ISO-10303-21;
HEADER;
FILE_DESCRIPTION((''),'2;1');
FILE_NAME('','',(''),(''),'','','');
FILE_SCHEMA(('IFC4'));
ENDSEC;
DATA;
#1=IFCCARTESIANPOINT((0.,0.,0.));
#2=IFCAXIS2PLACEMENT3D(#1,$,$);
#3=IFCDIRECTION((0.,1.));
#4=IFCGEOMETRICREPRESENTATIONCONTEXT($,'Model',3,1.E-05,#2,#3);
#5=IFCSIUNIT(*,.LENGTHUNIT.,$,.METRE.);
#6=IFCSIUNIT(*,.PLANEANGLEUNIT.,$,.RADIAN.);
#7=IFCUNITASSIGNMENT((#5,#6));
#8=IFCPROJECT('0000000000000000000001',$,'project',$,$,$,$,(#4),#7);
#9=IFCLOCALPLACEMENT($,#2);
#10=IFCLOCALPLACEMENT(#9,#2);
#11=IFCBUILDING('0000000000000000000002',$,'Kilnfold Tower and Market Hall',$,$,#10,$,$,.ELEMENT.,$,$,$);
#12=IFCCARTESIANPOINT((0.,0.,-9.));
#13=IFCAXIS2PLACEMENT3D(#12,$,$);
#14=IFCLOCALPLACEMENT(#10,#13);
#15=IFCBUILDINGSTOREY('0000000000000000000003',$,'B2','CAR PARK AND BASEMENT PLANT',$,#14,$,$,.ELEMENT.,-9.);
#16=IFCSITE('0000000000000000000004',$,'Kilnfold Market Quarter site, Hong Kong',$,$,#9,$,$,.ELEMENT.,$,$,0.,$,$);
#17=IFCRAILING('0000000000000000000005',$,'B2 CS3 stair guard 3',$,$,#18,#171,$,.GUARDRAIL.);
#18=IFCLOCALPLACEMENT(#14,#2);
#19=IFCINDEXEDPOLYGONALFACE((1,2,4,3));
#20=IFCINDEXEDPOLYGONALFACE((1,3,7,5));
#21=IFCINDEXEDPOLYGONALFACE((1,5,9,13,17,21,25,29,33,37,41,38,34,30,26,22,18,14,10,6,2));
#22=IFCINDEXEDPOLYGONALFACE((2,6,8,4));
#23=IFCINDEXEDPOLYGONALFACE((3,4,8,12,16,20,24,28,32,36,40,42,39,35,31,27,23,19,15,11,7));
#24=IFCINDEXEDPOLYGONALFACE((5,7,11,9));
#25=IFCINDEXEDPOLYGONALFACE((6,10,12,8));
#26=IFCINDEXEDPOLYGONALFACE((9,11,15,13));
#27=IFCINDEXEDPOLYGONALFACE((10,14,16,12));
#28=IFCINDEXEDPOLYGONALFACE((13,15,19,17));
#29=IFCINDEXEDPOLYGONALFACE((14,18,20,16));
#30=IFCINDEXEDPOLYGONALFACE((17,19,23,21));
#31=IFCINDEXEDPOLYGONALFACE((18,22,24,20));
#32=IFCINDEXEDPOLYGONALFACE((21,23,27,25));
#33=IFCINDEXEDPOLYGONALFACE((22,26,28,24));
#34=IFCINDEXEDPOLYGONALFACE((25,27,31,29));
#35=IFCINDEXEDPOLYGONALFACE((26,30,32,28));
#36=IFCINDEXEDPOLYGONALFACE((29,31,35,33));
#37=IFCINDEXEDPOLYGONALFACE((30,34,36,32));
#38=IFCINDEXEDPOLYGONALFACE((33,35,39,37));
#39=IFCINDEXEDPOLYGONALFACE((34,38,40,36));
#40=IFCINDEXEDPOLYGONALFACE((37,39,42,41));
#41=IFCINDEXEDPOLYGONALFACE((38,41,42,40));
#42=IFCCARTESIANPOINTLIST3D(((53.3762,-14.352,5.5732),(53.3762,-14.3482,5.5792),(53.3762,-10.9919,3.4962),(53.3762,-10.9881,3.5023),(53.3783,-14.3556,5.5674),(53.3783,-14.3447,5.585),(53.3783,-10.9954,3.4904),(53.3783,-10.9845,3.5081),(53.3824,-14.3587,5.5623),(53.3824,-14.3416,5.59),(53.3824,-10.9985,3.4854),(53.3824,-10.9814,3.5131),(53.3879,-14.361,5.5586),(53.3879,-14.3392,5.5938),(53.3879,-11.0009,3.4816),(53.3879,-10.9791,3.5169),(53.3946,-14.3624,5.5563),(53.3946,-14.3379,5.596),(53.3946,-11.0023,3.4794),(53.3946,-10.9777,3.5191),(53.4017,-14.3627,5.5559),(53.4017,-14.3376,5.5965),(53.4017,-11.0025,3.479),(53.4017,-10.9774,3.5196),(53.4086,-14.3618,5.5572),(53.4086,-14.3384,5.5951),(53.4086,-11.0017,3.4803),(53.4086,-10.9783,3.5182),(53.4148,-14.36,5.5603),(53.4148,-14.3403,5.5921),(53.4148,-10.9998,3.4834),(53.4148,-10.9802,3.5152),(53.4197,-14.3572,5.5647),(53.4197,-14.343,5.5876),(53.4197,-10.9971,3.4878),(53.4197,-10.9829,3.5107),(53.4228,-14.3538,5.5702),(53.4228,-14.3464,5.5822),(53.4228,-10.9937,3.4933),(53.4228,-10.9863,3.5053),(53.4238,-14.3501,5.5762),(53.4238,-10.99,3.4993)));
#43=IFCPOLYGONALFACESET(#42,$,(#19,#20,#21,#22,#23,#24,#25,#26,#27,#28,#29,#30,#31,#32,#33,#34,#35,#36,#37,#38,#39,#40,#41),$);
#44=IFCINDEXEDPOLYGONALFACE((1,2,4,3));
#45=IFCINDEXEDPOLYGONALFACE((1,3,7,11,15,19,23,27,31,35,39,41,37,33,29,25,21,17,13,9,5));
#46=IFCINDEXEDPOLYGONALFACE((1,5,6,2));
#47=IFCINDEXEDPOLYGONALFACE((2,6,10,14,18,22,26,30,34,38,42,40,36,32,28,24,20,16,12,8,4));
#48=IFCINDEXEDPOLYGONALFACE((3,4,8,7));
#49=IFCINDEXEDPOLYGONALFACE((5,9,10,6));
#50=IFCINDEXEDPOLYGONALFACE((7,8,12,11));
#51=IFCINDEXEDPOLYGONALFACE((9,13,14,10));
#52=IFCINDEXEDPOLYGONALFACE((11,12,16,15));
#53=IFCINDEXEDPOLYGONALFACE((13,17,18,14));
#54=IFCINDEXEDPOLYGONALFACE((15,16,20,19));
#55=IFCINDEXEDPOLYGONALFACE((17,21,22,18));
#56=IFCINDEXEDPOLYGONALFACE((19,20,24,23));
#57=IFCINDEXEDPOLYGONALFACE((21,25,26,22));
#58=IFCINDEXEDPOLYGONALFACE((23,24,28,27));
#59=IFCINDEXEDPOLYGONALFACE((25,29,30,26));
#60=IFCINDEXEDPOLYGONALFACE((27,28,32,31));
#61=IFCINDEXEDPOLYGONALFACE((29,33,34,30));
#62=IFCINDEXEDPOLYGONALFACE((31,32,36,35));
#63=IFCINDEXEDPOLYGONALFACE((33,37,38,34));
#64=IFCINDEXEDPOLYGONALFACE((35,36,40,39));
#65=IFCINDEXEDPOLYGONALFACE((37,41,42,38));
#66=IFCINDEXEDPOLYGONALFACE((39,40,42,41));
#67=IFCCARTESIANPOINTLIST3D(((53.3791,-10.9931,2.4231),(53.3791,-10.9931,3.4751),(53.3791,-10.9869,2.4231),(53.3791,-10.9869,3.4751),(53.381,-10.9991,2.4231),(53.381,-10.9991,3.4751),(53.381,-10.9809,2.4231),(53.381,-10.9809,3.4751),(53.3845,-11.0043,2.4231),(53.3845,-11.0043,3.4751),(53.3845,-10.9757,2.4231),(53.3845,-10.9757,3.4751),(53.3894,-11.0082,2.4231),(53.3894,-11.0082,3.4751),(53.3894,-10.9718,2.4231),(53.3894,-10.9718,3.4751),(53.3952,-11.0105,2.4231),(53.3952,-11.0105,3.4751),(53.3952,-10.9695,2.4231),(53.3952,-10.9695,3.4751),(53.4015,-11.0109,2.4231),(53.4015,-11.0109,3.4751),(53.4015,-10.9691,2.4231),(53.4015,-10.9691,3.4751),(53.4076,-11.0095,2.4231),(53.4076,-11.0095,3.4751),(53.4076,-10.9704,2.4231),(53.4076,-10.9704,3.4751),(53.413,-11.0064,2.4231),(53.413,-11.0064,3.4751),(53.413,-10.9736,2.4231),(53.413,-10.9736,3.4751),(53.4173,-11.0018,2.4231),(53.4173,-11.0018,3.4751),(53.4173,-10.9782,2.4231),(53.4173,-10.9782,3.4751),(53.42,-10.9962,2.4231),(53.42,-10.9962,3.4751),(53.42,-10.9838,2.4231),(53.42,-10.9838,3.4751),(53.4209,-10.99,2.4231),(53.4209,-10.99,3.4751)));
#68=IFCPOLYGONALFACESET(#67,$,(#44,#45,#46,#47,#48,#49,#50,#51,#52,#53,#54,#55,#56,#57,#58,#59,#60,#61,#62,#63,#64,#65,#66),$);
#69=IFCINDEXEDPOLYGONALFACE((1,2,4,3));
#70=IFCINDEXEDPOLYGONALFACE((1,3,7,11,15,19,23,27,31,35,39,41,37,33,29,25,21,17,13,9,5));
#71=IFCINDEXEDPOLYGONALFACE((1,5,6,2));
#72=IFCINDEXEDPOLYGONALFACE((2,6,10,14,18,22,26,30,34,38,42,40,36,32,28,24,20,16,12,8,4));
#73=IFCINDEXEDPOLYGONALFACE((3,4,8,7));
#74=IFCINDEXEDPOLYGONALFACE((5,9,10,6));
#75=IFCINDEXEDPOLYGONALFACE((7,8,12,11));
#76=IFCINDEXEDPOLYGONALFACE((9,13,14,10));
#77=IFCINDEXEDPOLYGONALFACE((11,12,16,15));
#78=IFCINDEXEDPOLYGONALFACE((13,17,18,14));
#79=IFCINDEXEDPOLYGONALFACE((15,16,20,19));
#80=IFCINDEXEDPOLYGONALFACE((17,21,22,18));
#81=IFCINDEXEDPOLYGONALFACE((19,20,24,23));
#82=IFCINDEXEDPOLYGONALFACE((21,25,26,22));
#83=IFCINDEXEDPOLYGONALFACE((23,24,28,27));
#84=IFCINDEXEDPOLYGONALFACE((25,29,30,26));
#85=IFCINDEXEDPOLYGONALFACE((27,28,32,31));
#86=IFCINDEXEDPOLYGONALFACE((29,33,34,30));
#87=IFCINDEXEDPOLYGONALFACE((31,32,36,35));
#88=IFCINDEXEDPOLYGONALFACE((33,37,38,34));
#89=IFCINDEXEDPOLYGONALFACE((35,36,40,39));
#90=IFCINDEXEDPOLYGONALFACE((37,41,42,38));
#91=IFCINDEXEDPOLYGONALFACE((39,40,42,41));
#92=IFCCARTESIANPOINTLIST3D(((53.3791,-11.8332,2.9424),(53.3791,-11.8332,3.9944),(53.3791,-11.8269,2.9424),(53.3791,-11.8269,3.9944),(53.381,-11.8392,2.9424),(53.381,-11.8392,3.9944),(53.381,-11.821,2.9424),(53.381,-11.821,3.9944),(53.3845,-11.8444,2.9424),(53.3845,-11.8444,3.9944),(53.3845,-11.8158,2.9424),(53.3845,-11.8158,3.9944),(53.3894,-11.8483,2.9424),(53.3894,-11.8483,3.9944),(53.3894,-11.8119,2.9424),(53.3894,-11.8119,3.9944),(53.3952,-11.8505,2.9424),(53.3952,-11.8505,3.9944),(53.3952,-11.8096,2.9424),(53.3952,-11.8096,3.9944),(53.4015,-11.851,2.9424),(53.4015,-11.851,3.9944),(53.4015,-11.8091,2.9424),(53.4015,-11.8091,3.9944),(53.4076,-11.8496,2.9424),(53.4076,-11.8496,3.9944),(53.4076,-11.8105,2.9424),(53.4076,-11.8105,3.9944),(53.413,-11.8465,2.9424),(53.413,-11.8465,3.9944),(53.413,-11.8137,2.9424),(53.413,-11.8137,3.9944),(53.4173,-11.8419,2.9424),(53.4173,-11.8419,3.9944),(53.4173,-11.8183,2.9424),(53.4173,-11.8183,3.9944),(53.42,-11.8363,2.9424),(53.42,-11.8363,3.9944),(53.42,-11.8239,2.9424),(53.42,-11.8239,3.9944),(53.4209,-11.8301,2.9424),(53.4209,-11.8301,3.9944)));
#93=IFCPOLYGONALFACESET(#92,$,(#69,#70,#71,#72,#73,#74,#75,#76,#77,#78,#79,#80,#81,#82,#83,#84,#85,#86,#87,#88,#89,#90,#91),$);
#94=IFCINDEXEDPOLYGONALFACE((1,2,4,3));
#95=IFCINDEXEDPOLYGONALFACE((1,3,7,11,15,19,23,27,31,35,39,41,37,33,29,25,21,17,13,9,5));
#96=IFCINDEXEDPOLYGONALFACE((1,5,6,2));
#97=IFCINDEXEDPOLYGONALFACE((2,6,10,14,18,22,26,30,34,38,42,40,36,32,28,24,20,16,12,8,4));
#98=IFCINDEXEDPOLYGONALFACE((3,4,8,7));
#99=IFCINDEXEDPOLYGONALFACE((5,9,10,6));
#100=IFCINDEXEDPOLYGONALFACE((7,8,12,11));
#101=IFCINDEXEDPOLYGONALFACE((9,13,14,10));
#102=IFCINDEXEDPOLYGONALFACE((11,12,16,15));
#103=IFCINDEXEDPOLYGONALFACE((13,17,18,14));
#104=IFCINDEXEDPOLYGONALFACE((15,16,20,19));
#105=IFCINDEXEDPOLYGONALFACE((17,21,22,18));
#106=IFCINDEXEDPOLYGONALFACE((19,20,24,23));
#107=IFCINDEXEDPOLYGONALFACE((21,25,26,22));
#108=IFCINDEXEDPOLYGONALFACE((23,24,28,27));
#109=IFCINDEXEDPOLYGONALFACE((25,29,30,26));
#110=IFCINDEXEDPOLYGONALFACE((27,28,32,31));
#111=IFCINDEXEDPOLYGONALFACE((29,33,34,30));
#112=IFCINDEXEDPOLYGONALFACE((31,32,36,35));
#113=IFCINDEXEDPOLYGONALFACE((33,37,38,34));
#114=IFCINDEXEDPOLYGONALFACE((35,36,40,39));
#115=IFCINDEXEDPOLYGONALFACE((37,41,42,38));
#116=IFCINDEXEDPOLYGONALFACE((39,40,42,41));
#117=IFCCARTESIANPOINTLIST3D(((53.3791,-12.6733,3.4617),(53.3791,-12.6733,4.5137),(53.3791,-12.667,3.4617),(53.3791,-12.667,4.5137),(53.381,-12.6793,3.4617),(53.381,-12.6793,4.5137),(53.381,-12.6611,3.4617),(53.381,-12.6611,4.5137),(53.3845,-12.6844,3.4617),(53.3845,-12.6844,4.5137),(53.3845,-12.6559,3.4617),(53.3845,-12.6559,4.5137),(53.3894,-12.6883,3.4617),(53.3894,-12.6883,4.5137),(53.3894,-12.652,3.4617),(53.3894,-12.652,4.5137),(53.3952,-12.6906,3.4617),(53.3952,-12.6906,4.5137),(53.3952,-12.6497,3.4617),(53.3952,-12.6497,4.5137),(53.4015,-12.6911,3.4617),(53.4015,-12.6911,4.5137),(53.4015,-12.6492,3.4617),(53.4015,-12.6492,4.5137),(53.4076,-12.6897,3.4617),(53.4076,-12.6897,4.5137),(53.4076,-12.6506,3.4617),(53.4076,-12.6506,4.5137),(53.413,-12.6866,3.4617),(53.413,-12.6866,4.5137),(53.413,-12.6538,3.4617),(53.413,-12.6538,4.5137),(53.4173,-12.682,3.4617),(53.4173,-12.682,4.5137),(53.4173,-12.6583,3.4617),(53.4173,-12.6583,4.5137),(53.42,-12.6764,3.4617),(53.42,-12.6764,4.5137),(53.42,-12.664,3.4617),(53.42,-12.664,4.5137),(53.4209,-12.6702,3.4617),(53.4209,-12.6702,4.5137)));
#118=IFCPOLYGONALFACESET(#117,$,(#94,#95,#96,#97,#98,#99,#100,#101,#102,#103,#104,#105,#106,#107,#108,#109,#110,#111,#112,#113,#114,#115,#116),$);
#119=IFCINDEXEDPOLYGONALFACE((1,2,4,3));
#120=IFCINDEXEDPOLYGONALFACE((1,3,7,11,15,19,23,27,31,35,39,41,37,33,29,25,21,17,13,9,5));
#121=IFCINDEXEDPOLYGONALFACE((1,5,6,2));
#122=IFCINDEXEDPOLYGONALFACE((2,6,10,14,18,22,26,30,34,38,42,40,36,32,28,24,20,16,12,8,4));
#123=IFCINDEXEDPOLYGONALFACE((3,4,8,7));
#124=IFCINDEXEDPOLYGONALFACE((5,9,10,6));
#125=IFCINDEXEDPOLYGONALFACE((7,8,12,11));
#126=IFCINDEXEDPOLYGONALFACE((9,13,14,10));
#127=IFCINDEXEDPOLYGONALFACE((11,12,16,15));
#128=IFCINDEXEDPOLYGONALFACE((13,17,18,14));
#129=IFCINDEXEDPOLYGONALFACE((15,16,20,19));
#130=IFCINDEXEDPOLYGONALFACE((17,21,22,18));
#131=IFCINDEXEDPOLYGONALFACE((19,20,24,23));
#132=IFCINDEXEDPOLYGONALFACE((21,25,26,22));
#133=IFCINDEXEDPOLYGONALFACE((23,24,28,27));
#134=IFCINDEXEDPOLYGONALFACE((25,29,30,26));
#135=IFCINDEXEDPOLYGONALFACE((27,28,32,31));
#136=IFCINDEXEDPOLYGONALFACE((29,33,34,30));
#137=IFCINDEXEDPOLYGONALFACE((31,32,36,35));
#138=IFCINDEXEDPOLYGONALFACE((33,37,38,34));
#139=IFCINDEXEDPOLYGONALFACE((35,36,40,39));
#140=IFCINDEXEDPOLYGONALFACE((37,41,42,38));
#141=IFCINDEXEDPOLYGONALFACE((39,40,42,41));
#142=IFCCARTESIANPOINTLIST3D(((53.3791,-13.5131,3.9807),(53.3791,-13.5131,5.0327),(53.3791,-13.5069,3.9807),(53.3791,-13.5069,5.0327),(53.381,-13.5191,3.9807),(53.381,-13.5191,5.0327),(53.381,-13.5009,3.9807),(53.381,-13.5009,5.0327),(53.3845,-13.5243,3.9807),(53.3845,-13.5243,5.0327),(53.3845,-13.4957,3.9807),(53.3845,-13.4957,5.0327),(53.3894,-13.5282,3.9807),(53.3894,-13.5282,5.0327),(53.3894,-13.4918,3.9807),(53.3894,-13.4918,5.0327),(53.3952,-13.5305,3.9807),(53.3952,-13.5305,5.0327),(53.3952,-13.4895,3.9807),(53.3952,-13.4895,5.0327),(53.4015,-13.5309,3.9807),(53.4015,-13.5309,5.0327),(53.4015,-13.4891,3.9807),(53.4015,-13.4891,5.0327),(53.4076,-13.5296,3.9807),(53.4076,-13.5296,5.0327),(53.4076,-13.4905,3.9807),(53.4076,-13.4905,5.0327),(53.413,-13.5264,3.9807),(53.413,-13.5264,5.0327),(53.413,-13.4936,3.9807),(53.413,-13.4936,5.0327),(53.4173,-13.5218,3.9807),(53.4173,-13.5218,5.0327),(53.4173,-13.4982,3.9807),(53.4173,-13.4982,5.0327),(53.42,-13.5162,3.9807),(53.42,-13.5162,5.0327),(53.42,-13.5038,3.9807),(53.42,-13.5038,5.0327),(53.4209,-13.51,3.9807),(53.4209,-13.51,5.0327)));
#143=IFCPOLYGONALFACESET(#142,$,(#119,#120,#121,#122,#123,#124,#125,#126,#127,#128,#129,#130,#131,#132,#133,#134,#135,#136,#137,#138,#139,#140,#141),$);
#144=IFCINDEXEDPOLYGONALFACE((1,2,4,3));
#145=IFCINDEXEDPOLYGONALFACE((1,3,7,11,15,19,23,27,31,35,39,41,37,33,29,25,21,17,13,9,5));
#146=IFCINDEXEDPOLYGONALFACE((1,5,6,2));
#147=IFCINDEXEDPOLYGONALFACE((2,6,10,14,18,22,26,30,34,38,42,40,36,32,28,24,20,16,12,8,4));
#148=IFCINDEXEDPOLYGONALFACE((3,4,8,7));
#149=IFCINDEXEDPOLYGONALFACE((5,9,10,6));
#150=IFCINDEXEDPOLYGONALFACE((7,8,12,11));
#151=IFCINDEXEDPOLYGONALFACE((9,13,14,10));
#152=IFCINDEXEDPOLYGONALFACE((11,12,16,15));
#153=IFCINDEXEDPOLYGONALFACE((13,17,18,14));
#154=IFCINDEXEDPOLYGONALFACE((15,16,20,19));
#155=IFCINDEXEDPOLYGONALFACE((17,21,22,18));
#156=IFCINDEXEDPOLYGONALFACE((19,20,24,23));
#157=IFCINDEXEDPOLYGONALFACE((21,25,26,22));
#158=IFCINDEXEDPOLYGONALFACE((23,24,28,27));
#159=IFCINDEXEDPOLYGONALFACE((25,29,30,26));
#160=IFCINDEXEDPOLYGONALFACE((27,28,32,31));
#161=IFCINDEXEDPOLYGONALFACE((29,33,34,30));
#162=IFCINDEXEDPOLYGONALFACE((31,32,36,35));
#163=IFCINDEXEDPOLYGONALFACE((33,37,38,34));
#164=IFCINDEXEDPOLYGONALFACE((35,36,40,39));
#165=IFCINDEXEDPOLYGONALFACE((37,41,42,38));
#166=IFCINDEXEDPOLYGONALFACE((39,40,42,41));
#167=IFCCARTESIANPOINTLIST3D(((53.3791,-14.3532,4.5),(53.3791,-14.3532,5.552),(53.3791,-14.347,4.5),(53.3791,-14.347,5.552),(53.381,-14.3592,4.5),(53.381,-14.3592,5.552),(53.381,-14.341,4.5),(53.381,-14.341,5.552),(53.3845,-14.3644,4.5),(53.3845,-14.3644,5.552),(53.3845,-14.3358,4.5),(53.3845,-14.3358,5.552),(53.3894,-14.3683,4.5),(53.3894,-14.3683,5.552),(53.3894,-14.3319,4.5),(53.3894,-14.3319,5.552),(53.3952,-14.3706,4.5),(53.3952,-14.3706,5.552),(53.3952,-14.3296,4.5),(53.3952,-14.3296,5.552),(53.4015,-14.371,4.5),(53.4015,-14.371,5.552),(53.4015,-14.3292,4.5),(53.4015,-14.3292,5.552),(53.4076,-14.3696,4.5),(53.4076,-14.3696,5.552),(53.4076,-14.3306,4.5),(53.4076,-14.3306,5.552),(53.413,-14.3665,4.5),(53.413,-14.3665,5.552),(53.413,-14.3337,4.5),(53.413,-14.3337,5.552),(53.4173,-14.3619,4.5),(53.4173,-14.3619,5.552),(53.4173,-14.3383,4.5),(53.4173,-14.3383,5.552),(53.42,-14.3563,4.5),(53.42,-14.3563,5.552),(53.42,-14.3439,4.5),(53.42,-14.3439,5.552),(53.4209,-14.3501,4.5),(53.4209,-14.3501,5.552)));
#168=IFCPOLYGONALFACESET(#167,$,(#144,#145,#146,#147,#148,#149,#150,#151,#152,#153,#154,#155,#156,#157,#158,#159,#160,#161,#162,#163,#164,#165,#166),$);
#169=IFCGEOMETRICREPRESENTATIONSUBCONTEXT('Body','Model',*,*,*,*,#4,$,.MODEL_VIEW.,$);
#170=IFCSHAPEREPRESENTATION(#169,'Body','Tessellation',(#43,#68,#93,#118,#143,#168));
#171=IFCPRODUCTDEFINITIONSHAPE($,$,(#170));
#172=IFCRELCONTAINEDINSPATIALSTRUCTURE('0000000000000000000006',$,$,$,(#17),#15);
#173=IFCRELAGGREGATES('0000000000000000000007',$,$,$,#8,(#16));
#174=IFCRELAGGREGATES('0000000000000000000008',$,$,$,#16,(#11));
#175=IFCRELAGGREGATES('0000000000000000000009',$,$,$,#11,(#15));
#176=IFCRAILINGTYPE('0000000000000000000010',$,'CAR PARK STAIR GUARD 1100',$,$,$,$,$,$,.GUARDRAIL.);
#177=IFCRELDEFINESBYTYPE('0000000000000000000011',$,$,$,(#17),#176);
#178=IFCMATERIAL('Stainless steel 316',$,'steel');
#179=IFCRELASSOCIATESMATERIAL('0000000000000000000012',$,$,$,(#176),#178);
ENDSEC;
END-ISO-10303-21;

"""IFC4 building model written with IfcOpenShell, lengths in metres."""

from ifc_helpers import new_model, si_unit, direction, frame, origin, origin_2d, place, context, subcontext, project, spatial, circle, extrude, material, type_object, element, save


model = new_model("IFC4")

# Units and contexts
model_context = context("Model", 3, precision=1e-05, world=origin(), true_north=direction((0.0, 1.0)))
body_context = subcontext(model_context, "Body", "Model", "MODEL_VIEW")
ifc_project = project(units=[si_unit("LENGTHUNIT", "METRE"), si_unit("PLANEANGLEUNIT", "RADIAN")], contexts=[model_context])

# Site, building, storey
site_placement = place(None, origin())
site = spatial("IfcSite", under=ifc_project, at=site_placement, Name="Kilnfold Market Quarter site, Hong Kong", CompositionType="ELEMENT", RefElevation=0.0)
building_placement = place(site_placement, origin())
building = spatial("IfcBuilding", under=site, at=building_placement, Name="Kilnfold Tower and Market Hall", CompositionType="ELEMENT")
storey_placement = place(building_placement, frame((0.0, 0.0, -9.0)))
storey = spatial("IfcBuildingStorey", under=building, at=storey_placement, Name="B2", Description="CAR PARK AND BASEMENT PLANT", CompositionType="ELEMENT", Elevation=-9.0)

# Railing
ifc_material_1 = material(Name="Stainless steel 316", Category="steel")
railing_type_1 = type_object("IfcRailingType", Name="CAR PARK STAIR GUARD 1100", PredefinedType="GUARDRAIL", material=ifc_material_1)
railing_1_placement = place(storey_placement, frame((53.3999, -10.99, 2.4231)))
element("IfcRailing", 1, at=railing_1_placement, inside=storey, type_object=railing_type_1, Name="B2 CS3 stair guard 3", PredefinedType="GUARDRAIL", context=body_context, shape_type="SweptSolid", body=[
    extrude(circle(Radius=0.0239, at=origin_2d()), frame((0.0, 0.0, 1.0762), z_axis=(0.0, -0.850623, 0.525776), x_axis=(1.0, 0.0, 0.0)), (0.0, 0.0, 1.0), 3.9502),
    extrude(circle(Radius=0.021, at=origin_2d()), origin(), (0.0, 0.0, 1.0), 1.052),
    extrude(circle(Radius=0.021, at=origin_2d()), frame((0.0, -0.8401, 0.5193)), (0.0, 0.0, 1.0), 1.052),
    extrude(circle(Radius=0.021, at=origin_2d()), frame((0.0, -1.6802, 1.0386)), (0.0, 0.0, 1.0), 1.052),
    extrude(circle(Radius=0.021, at=origin_2d()), frame((0.0, -2.52, 1.5576)), (0.0, 0.0, 1.0), 1.052),
    extrude(circle(Radius=0.021, at=origin_2d()), frame((0.0, -3.3601, 2.0769)), (0.0, 0.0, 1.0), 1.052),
])

save(model, "model.ifc")
